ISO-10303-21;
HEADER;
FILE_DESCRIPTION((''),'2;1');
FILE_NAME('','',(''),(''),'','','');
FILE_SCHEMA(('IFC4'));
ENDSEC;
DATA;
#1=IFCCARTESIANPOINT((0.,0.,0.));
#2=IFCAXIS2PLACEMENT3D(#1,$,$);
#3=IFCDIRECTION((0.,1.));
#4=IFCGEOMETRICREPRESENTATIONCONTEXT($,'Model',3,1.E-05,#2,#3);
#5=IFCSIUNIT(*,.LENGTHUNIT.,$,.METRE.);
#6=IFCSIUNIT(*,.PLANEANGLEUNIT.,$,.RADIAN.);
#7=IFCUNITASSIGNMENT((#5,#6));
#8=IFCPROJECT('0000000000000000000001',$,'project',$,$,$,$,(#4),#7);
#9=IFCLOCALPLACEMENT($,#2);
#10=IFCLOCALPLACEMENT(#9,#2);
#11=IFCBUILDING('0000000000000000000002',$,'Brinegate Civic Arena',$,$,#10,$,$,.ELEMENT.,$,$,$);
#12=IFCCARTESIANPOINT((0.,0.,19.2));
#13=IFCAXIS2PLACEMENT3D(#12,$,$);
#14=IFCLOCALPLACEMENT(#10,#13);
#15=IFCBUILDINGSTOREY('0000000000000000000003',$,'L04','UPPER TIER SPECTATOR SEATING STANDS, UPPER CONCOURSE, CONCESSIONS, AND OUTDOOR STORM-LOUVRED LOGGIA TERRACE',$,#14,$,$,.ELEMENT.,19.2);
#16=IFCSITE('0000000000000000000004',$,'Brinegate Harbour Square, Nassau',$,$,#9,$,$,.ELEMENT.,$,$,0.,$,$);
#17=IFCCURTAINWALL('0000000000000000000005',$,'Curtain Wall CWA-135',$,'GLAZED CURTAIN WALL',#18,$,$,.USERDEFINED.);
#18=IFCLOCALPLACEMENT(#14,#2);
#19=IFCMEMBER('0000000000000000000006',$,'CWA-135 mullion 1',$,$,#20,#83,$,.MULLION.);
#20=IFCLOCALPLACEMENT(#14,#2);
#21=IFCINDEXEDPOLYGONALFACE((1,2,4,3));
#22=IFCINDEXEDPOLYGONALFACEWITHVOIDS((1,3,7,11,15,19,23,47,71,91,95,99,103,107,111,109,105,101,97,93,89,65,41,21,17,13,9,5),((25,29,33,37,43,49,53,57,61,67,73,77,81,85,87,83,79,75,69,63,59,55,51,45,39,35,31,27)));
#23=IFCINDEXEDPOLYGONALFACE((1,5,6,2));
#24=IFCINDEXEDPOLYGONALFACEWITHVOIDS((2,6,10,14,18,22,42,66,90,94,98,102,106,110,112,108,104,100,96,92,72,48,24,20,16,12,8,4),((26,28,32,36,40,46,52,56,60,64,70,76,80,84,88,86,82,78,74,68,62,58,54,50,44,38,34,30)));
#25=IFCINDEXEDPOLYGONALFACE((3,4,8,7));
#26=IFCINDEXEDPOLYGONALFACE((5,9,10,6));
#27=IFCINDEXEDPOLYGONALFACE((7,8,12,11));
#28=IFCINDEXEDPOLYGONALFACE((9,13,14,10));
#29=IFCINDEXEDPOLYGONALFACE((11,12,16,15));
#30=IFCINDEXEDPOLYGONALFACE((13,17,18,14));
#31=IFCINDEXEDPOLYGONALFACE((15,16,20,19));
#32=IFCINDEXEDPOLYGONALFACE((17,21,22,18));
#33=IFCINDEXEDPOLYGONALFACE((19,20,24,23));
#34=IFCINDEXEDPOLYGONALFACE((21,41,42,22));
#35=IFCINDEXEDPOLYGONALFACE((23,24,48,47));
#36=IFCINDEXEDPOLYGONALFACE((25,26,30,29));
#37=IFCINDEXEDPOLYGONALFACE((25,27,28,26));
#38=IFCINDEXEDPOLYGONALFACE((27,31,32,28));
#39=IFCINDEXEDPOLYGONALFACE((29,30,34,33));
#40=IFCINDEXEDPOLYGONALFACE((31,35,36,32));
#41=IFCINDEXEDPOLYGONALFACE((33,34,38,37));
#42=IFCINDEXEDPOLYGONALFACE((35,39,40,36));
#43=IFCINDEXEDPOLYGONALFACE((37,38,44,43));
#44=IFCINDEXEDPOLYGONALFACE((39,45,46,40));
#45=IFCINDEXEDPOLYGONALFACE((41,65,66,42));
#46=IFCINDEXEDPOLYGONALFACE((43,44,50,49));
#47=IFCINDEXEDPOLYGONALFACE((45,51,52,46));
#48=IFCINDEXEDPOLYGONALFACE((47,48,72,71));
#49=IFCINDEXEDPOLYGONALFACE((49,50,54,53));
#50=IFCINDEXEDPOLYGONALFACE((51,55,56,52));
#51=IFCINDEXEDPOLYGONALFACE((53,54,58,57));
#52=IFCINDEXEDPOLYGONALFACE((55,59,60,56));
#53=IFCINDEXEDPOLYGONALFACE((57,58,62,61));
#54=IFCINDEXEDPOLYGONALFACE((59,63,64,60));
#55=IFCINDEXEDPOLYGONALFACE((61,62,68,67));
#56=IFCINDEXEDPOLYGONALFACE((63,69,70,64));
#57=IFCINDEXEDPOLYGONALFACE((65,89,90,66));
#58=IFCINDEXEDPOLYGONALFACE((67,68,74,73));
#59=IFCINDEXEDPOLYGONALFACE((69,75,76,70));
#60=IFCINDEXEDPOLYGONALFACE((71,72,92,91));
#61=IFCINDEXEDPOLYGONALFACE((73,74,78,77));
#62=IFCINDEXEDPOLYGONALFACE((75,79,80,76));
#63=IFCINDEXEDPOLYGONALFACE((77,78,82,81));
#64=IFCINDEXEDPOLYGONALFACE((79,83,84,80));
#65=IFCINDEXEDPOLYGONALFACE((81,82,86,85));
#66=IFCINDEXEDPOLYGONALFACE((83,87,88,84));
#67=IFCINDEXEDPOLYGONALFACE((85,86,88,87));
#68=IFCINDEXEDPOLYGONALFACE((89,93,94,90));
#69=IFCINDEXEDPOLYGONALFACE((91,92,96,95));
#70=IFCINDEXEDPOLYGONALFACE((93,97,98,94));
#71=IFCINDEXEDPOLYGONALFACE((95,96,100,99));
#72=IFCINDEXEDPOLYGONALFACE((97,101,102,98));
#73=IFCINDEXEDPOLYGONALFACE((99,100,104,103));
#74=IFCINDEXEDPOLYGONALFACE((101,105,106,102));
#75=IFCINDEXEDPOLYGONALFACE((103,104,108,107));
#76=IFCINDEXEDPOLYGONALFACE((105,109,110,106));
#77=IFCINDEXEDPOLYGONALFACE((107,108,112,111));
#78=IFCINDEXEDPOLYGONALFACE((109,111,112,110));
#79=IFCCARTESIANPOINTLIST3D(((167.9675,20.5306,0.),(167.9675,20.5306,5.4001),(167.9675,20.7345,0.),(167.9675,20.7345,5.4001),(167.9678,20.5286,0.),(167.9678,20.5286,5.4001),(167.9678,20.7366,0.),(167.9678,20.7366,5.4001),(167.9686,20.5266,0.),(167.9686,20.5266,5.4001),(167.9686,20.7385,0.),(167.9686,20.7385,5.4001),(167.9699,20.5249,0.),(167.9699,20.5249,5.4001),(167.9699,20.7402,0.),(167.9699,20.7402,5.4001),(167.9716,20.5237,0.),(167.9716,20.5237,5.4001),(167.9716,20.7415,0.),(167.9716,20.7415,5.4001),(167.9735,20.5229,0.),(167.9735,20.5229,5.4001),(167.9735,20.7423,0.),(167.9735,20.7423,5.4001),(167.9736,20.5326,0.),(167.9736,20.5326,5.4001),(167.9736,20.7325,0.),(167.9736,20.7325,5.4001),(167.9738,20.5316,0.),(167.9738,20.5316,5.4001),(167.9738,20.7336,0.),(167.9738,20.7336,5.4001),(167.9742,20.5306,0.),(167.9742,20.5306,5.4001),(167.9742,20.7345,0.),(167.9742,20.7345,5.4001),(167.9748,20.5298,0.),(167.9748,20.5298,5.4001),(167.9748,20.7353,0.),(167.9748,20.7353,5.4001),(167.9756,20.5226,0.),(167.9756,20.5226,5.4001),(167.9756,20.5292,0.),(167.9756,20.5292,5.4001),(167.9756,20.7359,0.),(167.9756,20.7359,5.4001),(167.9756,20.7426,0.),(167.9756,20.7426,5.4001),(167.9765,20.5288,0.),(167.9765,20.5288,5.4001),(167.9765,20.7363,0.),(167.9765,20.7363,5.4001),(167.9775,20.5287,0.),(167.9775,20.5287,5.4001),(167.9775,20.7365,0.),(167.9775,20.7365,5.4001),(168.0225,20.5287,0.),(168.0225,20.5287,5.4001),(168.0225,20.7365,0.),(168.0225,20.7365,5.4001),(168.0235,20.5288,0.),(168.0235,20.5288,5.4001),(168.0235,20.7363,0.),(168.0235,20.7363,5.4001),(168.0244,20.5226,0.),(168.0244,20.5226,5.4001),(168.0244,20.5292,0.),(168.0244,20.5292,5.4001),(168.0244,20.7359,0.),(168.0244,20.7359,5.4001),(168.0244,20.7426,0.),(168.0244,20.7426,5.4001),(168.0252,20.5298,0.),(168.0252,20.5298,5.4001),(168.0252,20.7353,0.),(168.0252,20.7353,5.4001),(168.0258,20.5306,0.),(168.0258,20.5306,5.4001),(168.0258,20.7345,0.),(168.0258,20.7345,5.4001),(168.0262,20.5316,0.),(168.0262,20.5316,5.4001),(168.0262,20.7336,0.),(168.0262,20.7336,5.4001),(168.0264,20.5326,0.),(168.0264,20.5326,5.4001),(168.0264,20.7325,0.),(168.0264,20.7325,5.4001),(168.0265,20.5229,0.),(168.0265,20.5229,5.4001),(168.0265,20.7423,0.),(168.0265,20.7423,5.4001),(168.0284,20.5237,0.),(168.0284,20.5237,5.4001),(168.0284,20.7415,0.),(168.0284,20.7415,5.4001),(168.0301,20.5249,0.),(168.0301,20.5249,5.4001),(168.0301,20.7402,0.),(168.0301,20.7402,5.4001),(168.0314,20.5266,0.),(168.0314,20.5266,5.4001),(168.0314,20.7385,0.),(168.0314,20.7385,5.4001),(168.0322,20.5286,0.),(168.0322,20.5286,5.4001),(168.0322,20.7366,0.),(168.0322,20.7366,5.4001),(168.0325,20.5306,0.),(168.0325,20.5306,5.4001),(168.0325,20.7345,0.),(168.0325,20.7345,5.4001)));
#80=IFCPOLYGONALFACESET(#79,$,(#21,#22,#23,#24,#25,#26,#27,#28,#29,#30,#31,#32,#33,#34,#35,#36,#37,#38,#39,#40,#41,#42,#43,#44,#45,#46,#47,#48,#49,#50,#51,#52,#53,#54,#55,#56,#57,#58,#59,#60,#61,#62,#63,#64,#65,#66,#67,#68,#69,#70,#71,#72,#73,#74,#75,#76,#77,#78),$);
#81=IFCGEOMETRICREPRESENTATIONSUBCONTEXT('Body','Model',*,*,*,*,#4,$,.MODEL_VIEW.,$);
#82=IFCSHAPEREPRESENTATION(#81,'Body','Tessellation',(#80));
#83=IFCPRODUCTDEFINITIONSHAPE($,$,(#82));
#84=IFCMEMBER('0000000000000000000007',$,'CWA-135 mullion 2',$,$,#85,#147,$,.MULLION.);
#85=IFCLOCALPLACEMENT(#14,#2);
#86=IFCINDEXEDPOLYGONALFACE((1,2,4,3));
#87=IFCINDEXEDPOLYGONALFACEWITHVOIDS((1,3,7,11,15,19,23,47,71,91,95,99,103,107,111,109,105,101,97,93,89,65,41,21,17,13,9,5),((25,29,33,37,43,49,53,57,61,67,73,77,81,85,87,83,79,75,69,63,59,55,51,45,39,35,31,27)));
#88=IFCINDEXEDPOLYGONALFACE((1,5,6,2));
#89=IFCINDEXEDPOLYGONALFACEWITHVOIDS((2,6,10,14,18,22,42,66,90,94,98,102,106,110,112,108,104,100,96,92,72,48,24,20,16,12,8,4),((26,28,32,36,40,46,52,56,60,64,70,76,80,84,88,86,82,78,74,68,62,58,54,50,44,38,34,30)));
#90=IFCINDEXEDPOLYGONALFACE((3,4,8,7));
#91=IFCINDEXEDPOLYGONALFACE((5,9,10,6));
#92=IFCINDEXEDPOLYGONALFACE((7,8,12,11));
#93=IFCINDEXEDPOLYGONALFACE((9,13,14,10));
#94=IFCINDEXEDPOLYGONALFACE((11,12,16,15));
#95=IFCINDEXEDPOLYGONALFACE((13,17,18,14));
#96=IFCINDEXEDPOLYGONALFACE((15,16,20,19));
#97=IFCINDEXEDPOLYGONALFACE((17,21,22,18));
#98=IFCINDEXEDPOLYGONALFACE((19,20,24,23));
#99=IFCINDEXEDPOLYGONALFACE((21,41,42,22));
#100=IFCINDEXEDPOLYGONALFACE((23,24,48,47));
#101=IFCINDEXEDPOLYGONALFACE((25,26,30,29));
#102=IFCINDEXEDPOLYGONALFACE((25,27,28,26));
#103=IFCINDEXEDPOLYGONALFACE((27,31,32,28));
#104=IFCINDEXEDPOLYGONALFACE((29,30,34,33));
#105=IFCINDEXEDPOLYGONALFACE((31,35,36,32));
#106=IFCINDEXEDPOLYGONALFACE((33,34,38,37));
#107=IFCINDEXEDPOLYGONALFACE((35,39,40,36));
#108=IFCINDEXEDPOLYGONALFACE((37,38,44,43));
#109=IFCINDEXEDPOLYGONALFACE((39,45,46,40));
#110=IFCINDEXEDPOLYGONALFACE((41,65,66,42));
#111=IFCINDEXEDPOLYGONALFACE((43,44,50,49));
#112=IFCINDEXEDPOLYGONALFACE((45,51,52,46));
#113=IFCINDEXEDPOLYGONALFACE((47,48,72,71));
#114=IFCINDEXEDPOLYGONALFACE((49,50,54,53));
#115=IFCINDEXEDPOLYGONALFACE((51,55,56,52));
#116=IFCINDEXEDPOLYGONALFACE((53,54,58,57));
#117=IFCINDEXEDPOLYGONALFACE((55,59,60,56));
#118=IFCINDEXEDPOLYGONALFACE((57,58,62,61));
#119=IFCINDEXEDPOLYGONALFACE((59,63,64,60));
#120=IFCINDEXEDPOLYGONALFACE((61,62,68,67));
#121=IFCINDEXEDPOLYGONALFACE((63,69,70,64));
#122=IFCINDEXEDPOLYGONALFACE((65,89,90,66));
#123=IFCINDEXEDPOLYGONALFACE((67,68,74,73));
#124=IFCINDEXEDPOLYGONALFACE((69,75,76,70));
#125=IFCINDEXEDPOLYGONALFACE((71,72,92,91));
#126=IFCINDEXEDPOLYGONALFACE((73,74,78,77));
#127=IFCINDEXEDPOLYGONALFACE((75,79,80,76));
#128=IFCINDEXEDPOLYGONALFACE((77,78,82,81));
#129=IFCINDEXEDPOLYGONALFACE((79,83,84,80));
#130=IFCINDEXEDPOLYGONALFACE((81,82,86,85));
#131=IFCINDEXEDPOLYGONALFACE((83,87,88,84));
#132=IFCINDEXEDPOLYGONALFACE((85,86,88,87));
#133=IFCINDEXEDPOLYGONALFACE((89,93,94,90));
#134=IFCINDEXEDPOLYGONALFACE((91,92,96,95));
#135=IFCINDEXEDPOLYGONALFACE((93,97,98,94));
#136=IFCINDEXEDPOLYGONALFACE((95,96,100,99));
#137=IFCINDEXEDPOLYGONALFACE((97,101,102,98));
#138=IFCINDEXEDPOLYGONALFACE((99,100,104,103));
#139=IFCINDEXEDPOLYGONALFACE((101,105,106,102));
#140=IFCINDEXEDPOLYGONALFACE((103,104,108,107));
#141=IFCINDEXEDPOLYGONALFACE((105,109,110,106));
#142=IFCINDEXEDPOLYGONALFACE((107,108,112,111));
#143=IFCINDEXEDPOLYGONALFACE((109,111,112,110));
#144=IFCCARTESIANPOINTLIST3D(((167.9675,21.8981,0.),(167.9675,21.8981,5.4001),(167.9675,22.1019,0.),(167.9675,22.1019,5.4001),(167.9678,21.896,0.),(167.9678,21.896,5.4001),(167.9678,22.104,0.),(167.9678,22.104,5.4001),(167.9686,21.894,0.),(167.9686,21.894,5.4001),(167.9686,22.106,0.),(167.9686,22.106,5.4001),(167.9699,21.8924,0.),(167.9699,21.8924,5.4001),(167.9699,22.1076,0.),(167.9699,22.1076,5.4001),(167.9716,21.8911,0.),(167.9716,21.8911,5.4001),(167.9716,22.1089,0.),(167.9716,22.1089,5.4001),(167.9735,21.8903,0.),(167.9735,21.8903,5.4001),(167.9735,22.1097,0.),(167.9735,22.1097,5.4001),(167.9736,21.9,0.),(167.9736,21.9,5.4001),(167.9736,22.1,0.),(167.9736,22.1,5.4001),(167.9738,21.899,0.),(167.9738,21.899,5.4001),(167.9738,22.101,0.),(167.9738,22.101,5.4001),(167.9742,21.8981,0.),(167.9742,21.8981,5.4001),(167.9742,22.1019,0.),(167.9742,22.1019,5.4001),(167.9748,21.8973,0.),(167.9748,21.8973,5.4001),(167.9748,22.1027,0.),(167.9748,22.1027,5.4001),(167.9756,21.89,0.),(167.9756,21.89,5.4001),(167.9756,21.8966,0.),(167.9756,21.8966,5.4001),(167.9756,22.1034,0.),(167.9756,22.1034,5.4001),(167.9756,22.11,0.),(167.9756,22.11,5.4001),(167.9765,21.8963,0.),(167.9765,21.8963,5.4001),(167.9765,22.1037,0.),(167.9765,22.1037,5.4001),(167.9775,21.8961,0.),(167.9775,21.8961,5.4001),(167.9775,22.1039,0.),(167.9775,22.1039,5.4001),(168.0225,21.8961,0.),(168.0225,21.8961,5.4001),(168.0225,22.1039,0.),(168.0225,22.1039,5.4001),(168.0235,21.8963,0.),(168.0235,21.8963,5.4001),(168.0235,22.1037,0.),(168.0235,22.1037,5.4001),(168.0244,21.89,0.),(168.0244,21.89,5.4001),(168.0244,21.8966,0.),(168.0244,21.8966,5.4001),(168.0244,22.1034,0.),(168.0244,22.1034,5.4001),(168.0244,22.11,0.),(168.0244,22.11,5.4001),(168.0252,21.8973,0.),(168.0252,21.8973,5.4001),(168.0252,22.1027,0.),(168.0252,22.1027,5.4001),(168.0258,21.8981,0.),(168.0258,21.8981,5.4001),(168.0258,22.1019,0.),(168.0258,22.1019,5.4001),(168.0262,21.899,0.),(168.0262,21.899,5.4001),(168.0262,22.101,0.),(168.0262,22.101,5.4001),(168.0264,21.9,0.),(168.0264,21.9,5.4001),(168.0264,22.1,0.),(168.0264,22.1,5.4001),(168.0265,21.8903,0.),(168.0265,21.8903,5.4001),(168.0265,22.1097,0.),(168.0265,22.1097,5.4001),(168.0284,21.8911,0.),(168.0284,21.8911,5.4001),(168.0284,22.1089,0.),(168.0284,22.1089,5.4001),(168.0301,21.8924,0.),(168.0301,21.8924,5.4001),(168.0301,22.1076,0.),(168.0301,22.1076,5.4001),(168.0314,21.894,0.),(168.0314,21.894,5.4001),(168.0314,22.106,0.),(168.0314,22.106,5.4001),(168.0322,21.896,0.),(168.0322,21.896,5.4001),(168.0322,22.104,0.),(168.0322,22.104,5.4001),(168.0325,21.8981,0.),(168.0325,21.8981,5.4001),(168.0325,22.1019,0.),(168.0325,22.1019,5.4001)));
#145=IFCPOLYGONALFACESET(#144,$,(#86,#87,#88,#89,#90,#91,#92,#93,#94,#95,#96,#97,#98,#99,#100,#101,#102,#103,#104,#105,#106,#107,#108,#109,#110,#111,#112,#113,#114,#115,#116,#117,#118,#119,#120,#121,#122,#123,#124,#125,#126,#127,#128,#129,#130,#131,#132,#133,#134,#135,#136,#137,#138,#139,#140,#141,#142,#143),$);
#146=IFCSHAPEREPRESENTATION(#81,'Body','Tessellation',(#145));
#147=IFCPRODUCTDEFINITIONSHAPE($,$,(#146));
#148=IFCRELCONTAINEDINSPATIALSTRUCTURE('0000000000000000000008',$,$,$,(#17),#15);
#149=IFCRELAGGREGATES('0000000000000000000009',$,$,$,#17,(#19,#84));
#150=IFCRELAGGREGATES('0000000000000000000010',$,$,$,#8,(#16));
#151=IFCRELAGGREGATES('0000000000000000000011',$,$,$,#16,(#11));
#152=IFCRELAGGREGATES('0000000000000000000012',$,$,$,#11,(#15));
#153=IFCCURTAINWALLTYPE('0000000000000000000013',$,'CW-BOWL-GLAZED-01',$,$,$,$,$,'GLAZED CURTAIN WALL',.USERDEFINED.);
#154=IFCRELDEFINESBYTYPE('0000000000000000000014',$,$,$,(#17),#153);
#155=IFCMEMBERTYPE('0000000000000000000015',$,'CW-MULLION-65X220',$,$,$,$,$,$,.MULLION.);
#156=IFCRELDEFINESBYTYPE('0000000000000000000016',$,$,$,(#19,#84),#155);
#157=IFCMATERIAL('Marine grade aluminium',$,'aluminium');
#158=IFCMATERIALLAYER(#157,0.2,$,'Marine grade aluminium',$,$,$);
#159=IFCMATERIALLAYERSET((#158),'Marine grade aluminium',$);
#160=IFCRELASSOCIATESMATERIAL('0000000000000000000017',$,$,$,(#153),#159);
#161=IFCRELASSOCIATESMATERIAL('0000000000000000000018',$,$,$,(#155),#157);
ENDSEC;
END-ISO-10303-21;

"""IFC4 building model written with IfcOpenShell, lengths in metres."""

from ifc_helpers import new_model, si_unit, direction, frame, origin, origin_2d, place, context, subcontext, project, spatial, hollow_rectangle, extrude, material, layer, layer_set, material_profile, profile_set, type_object, element, aggregate, save


model = new_model("IFC4")

# Units and contexts
model_context = context("Model", 3, precision=1e-05, world=origin(), true_north=direction((0.0, 1.0)))
body_context = subcontext(model_context, "Body", "Model", "MODEL_VIEW")
ifc_project = project(units=[si_unit("LENGTHUNIT", "METRE"), si_unit("PLANEANGLEUNIT", "RADIAN")], contexts=[model_context])

# Site, building, storey
site_placement = place(None, origin())
site = spatial("IfcSite", under=ifc_project, at=site_placement, Name="Brinegate Harbour Square, Nassau", CompositionType="ELEMENT", RefElevation=0.0)
building_placement = place(site_placement, origin())
building = spatial("IfcBuilding", under=site, at=building_placement, Name="Brinegate Civic Arena", CompositionType="ELEMENT")
storey_placement = place(building_placement, frame((0.0, 0.0, 19.2)))
storey = spatial("IfcBuildingStorey", under=building, at=storey_placement, Name="L04", Description="UPPER TIER SPECTATOR SEATING STANDS, UPPER CONCOURSE, CONCESSIONS, AND OUTDOOR STORM-LOUVRED LOGGIA TERRACE", CompositionType="ELEMENT", Elevation=19.2)

# Curtain wall, members
ifc_material_1 = material(Name="Marine grade aluminium", Category="aluminium")
ifc_layer_1 = layer(ifc_material_1, 0.2, Name="Marine grade aluminium")
ifc_layer_set_1 = layer_set([ifc_layer_1], Name="Marine grade aluminium")
curtain_wall_type = type_object("IfcCurtainWallType", Name="CW-BOWL-GLAZED-01", ElementType="GLAZED CURTAIN WALL", PredefinedType="USERDEFINED", material=ifc_layer_set_1)
curtain_wall_placement = place(storey_placement, origin())
curtain_wall = element("IfcCurtainWall", 1, at=curtain_wall_placement, inside=storey, type_object=curtain_wall_type, Name="Curtain Wall CWA-135", ObjectType="GLAZED CURTAIN WALL", PredefinedType="USERDEFINED")
ifc_material_profile_1 = material_profile(ifc_material_1, hollow_rectangle(XDim=0.0649, YDim=0.22, WallThickness=0.0061, InnerFilletRadius=0.0039, OuterFilletRadius=0.0081, at=origin_2d()), Name="MUL65X220")
ifc_profile_set_1 = profile_set([ifc_material_profile_1], Name="Marine grade aluminium")
member_type_1 = type_object("IfcMemberType", Name="CW-MULLION-65X220", PredefinedType="MULLION", material=ifc_profile_set_1)
member_1_placement = place(storey_placement, frame((168.0, 20.6326, 0.0), z_axis=(0.0, 0.0, 1.0), x_axis=(-1.0, 0.0, 0.0)))
member_1 = element("IfcMember", 2, at=member_1_placement, type_object=member_type_1, Name="CWA-135 mullion 1", PredefinedType="MULLION", context=body_context, shape_type="SweptSolid", body=[
    extrude(hollow_rectangle(XDim=0.0649, YDim=0.22, WallThickness=0.0061, InnerFilletRadius=0.0039, OuterFilletRadius=0.0081, at=origin_2d()), origin(), (0.0, 0.0, 1.0), 5.4001),
])
member_2_placement = place(storey_placement, frame((168.0, 22.0, 0.0), z_axis=(0.0, 0.0, 1.0), x_axis=(-1.0, 0.0, 0.0)))
member_2 = element("IfcMember", 3, at=member_2_placement, type_object=member_type_1, Name="CWA-135 mullion 2", PredefinedType="MULLION", context=body_context, shape_type="SweptSolid", body=[
    extrude(hollow_rectangle(XDim=0.0649, YDim=0.22, WallThickness=0.0061, InnerFilletRadius=0.0039, OuterFilletRadius=0.0081, at=origin_2d()), origin(), (0.0, 0.0, 1.0), 5.4001),
])

aggregate(curtain_wall, [member_1, member_2])

save(model, "model.ifc")
